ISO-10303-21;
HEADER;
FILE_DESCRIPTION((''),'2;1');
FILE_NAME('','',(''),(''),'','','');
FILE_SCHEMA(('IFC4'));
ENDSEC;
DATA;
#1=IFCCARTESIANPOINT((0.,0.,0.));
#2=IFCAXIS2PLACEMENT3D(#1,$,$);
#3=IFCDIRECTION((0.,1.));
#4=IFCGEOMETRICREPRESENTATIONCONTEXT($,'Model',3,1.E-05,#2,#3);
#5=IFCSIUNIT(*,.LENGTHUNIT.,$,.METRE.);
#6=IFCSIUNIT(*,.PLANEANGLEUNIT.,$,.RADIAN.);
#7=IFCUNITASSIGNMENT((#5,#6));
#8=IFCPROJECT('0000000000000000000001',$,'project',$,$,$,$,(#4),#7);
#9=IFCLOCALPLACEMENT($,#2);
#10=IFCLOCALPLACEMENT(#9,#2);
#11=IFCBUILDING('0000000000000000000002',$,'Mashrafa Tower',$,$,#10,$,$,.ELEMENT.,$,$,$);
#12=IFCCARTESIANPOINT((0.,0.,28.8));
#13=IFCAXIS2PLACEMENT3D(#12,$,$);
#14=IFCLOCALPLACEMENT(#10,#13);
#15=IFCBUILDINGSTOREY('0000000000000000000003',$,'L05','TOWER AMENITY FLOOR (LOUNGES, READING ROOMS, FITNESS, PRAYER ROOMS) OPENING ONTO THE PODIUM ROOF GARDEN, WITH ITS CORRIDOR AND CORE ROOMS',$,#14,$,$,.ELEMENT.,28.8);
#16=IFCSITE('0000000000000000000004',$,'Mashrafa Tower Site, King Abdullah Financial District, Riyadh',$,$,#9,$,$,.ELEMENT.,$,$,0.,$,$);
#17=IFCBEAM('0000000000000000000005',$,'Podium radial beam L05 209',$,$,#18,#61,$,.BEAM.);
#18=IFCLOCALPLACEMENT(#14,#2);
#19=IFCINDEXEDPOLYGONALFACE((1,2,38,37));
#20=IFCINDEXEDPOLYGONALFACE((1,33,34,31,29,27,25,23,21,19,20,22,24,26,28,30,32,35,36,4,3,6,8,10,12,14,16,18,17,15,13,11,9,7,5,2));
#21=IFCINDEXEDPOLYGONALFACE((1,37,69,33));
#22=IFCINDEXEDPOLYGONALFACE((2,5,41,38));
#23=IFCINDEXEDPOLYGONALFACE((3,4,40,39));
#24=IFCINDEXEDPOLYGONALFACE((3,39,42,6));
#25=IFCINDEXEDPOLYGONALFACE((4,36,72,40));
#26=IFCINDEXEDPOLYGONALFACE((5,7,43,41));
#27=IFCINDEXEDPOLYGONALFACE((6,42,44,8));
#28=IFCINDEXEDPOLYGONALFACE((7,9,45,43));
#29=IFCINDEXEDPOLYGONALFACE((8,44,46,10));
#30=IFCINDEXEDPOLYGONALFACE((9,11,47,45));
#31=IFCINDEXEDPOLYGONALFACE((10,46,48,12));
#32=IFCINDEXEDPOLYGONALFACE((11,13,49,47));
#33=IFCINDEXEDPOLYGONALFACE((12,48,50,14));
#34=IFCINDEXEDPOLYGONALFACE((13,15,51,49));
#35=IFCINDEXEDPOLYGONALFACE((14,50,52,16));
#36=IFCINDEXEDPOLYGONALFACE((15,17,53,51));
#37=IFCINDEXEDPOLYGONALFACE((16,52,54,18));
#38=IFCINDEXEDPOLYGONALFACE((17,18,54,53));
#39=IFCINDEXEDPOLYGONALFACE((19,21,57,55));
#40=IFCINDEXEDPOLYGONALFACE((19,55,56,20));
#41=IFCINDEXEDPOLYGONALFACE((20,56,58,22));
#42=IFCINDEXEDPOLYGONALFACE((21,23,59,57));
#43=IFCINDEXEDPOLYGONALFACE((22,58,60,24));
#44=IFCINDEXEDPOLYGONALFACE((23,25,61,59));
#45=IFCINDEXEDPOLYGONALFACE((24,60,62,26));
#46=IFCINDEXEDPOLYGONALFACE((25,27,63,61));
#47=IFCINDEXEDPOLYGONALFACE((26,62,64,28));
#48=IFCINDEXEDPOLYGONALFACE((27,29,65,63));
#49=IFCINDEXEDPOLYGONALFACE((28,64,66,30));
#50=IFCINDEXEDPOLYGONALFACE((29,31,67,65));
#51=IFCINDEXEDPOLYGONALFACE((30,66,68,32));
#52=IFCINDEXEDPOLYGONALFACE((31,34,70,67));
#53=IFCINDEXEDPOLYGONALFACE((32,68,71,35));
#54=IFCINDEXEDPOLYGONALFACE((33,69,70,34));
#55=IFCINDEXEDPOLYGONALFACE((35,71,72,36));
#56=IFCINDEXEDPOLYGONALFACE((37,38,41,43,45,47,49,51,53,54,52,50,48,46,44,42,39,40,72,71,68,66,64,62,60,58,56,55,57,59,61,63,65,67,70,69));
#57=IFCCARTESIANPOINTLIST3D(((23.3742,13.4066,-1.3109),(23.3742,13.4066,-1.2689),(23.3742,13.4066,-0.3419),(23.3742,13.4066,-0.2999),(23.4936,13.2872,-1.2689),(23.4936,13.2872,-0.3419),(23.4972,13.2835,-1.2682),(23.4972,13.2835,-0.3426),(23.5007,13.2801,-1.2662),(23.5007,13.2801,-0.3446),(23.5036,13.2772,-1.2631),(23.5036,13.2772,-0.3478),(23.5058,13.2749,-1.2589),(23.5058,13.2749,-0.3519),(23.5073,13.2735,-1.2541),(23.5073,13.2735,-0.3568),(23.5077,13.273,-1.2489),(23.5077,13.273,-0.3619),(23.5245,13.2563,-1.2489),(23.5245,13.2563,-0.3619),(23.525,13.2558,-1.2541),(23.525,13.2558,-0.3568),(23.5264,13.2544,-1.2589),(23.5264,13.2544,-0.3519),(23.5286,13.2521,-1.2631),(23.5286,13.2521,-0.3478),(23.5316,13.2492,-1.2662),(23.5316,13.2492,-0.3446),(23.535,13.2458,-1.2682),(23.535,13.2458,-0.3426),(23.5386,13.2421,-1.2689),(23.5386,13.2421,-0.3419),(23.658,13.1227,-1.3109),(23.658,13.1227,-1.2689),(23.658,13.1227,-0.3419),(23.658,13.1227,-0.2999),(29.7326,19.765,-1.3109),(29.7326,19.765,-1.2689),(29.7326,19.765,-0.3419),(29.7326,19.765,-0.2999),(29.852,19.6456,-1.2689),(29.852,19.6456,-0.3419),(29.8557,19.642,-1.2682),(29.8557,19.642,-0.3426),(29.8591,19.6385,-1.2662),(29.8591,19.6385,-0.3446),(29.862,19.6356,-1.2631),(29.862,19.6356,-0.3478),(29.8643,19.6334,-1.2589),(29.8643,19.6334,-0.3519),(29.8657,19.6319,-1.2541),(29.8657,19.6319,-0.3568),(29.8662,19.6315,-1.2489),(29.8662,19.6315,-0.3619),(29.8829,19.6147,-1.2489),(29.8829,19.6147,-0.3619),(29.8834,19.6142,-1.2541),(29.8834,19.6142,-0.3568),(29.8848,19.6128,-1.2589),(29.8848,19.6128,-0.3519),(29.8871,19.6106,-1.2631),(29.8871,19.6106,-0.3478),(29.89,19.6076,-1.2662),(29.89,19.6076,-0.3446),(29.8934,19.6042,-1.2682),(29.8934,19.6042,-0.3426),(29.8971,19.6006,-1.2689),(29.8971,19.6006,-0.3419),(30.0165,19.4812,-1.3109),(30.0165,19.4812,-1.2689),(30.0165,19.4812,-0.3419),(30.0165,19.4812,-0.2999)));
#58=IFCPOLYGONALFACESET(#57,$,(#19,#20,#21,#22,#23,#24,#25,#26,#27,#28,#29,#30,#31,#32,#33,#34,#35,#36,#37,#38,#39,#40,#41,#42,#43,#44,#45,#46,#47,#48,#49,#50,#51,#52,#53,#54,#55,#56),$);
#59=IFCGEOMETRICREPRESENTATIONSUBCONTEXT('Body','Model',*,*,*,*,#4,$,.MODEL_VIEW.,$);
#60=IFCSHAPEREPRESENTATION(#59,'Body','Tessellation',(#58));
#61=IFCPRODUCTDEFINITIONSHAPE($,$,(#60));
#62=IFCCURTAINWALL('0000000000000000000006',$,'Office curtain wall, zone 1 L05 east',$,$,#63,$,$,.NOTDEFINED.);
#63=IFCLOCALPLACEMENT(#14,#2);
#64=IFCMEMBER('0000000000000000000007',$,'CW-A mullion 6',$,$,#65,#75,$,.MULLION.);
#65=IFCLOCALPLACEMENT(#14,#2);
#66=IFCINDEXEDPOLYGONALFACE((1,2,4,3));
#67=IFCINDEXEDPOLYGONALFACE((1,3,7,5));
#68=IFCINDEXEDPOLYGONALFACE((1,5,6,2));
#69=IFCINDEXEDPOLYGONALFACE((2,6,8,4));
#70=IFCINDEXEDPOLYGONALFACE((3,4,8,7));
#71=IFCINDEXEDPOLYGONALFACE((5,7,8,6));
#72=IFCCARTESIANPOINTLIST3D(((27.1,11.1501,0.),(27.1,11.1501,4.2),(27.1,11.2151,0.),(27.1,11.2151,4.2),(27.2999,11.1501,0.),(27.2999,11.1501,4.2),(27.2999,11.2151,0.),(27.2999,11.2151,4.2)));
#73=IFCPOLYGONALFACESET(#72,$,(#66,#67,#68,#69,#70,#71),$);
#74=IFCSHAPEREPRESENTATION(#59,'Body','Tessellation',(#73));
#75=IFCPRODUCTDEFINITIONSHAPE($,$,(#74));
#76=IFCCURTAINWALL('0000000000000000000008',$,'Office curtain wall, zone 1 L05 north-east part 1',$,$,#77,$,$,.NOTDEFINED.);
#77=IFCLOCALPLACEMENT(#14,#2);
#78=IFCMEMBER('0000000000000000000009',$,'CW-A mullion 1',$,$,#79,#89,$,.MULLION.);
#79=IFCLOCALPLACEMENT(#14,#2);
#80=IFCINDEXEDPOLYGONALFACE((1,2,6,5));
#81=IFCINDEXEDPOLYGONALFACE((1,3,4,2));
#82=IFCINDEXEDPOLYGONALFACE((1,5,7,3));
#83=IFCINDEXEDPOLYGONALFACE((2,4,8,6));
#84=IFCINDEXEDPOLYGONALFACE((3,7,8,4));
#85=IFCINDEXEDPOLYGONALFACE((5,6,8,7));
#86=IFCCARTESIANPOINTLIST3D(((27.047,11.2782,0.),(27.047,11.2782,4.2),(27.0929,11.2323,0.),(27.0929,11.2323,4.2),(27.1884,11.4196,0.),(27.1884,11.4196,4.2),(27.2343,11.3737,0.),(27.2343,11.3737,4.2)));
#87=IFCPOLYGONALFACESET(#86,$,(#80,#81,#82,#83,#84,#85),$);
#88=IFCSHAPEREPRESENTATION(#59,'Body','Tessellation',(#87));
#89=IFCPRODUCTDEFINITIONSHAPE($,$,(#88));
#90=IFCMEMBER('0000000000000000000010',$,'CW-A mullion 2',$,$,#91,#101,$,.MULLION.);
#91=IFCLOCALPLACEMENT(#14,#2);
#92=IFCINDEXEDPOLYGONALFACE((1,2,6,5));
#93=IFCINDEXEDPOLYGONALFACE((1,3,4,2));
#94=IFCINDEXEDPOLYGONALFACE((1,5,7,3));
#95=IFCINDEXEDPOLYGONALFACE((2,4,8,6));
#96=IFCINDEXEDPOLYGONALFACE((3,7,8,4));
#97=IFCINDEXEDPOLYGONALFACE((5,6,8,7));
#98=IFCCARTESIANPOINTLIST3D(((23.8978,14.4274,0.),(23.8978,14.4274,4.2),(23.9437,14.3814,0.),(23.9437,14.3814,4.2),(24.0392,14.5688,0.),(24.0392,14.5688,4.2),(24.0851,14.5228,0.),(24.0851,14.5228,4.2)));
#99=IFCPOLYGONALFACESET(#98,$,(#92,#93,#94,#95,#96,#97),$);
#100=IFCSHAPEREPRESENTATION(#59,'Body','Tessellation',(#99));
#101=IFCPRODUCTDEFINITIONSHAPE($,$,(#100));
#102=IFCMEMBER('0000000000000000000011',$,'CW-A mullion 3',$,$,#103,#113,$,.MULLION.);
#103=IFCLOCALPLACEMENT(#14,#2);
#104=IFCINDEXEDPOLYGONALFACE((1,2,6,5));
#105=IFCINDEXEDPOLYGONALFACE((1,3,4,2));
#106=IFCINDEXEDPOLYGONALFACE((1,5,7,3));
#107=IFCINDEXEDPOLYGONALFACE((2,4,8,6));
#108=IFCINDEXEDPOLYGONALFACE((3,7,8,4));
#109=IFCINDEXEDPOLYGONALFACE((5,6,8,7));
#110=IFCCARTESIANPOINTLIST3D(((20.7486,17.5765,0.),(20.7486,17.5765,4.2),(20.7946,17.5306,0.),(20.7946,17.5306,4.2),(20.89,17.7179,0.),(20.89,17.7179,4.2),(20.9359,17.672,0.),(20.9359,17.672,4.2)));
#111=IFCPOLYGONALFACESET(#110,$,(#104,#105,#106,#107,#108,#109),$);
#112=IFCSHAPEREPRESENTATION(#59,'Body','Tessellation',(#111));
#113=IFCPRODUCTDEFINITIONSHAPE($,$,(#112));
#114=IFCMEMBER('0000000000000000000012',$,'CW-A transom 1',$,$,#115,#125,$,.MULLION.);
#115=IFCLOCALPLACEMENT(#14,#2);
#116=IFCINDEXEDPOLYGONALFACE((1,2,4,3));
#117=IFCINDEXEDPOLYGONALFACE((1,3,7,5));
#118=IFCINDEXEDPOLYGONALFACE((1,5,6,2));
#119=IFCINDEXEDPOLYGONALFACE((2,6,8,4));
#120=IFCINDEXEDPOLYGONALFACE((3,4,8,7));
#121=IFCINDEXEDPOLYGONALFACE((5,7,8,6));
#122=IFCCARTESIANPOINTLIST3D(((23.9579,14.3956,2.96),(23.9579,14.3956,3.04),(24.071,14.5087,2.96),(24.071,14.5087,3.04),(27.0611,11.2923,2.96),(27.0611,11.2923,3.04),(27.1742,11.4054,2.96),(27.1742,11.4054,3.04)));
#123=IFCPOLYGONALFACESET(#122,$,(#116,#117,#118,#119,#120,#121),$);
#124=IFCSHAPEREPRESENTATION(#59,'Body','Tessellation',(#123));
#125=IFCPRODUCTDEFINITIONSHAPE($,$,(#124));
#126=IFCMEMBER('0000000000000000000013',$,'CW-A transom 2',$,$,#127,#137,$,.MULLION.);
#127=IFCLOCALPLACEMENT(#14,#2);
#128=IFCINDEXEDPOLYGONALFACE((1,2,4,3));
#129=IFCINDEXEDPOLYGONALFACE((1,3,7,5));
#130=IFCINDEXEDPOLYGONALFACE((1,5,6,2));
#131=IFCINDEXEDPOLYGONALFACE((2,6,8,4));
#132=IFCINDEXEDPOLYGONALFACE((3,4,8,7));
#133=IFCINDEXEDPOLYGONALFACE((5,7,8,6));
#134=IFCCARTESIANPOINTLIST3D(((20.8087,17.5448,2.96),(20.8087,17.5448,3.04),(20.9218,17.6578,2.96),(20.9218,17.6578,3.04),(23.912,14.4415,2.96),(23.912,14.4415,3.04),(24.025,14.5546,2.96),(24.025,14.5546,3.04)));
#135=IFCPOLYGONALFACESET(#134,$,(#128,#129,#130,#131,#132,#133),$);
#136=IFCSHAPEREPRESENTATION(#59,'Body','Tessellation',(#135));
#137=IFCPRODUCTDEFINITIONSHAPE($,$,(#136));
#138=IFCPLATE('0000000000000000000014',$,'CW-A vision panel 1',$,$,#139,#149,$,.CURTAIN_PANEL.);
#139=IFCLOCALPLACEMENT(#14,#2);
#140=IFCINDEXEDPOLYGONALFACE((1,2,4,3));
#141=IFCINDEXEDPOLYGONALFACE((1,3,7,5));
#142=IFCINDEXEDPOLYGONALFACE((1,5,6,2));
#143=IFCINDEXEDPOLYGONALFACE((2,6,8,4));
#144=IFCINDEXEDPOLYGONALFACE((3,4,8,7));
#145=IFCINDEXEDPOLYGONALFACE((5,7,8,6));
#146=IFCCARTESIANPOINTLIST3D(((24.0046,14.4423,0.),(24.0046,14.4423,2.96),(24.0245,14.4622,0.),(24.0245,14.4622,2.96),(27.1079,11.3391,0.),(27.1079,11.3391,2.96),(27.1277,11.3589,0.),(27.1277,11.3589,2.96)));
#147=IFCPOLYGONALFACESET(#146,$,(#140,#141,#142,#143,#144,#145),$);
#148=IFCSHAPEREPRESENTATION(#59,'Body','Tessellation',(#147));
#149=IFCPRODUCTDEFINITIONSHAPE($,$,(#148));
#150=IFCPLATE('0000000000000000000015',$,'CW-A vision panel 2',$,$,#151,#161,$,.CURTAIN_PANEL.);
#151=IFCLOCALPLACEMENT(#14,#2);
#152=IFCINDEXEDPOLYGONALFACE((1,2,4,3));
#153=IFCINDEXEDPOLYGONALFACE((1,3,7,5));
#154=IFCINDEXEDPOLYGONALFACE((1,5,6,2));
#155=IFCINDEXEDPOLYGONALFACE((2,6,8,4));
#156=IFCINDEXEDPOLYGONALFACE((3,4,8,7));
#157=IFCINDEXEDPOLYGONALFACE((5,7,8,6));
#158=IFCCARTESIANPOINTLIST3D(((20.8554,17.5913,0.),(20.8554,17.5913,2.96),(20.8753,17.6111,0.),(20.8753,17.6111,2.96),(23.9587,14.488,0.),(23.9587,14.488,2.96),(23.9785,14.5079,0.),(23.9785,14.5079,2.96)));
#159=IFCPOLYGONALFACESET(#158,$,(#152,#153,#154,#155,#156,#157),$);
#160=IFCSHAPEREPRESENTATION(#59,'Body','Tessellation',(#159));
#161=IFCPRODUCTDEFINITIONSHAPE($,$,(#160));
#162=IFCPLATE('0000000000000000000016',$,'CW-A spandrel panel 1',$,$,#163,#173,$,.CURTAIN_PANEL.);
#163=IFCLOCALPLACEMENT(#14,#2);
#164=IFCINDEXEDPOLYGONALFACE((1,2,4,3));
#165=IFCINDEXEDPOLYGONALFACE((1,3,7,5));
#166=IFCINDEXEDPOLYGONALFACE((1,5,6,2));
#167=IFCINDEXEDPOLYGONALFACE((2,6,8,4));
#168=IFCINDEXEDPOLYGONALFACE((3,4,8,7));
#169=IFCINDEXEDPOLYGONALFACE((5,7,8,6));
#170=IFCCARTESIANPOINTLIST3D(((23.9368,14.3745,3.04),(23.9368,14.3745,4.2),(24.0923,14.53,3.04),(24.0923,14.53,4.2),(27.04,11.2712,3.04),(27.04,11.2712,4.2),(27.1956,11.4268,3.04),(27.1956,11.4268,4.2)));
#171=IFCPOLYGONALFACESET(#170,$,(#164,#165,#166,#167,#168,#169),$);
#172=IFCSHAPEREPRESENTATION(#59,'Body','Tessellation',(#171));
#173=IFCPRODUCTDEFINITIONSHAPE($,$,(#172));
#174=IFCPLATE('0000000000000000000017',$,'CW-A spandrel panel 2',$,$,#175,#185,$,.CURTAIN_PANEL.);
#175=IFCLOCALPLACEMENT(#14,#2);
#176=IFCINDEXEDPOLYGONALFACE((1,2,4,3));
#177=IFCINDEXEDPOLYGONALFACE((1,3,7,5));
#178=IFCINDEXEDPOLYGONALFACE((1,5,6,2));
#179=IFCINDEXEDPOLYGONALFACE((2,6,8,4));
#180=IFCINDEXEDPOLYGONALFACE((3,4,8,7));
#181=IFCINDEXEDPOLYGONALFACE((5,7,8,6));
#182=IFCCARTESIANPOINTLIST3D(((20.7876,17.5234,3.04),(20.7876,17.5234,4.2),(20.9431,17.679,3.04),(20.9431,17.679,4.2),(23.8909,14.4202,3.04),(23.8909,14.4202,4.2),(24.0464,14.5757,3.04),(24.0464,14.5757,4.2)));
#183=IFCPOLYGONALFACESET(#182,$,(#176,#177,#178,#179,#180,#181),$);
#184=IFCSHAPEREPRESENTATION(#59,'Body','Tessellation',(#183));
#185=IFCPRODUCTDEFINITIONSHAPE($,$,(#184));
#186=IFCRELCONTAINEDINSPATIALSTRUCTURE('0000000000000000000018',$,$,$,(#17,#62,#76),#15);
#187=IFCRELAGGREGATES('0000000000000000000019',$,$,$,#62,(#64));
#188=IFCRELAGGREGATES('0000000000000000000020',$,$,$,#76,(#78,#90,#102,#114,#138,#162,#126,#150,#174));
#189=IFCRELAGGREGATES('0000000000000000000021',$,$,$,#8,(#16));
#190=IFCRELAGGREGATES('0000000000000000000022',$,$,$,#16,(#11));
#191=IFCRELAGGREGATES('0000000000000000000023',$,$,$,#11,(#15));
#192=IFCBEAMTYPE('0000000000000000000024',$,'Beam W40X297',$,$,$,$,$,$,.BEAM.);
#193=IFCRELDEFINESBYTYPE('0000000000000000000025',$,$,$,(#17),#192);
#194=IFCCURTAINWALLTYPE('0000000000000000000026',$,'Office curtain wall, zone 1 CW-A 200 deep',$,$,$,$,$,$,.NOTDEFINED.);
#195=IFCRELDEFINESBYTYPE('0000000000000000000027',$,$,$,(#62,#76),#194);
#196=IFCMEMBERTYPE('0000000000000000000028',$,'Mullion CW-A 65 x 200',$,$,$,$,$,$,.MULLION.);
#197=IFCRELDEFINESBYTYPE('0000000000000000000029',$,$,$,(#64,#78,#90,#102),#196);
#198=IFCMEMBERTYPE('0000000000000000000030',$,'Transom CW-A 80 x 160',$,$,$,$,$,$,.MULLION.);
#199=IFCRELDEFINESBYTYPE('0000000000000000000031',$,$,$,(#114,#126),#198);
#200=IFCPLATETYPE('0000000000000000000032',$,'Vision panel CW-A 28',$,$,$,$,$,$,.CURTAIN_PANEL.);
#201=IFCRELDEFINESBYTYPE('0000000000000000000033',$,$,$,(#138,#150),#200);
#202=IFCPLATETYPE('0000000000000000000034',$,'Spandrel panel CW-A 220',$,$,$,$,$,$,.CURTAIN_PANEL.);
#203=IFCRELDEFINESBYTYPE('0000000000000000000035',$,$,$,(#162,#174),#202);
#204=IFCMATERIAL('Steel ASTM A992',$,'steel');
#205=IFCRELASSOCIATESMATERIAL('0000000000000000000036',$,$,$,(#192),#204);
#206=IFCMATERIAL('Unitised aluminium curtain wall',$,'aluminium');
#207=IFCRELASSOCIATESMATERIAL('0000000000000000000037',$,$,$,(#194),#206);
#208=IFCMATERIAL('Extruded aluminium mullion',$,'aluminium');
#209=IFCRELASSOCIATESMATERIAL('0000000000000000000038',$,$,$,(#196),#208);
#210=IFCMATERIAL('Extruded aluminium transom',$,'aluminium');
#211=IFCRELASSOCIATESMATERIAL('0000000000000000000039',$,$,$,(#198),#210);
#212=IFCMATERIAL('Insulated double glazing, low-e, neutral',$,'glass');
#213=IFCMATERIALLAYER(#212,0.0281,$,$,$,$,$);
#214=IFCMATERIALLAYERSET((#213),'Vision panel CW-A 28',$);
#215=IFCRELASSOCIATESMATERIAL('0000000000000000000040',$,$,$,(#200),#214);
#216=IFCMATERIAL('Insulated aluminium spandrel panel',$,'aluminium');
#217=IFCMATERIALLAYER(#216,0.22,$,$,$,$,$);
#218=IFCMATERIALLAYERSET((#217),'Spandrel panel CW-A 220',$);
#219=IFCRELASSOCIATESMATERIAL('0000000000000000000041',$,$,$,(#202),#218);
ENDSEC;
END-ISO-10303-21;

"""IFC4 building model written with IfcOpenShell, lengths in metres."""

from ifc_helpers import new_model, si_unit, direction, frame, origin, origin_2d, place, context, subcontext, project, spatial, rectangle, i_section, extrude, source, transform, mapped, material, layer, layer_set, material_profile, profile_set, type_object, type_shapes, element, aggregate, save


model = new_model("IFC4")

# Units and contexts
model_context = context("Model", 3, precision=1e-05, world=origin(), true_north=direction((0.0, 1.0)))
body_context = subcontext(model_context, "Body", "Model", "MODEL_VIEW")
ifc_project = project(units=[si_unit("LENGTHUNIT", "METRE"), si_unit("PLANEANGLEUNIT", "RADIAN")], contexts=[model_context])

# Site, building, storey
site_placement = place(None, origin())
site = spatial("IfcSite", under=ifc_project, at=site_placement, Name="Mashrafa Tower Site, King Abdullah Financial District, Riyadh", CompositionType="ELEMENT", RefElevation=0.0)
building_placement = place(site_placement, origin())
building = spatial("IfcBuilding", under=site, at=building_placement, Name="Mashrafa Tower", CompositionType="ELEMENT")
storey_placement = place(building_placement, frame((0.0, 0.0, 28.8)))
storey = spatial("IfcBuildingStorey", under=building, at=storey_placement, Name="L05", Description="TOWER AMENITY FLOOR (LOUNGES, READING ROOMS, FITNESS, PRAYER ROOMS) OPENING ONTO THE PODIUM ROOF GARDEN, WITH ITS CORRIDOR AND CORE ROOMS", CompositionType="ELEMENT", Elevation=28.8)

# Beam
ifc_material_1 = material(Name="Steel ASTM A992", Category="steel")
ifc_material_profile_1 = material_profile(ifc_material_1, i_section(OverallWidth=0.4014, OverallDepth=1.011, WebThickness=0.0237, FlangeThickness=0.042, FilletRadius=0.02, at=origin_2d()), Name="W40X297")
ifc_profile_set_1 = profile_set([ifc_material_profile_1], Name="Steel ASTM A992")
beam_type_1 = type_object("IfcBeamType", Name="Beam W40X297", PredefinedType="BEAM", material=ifc_profile_set_1)
beam_1_placement = place(storey_placement, frame((23.5161, 13.2646, -0.8054), z_axis=(0.707107, 0.707107, 0.0), x_axis=(-0.707107, 0.707107, 0.0)))
element("IfcBeam", 1, at=beam_1_placement, inside=storey, type_object=beam_type_1, Name="Podium radial beam L05 209", PredefinedType="BEAM", context=body_context, shape_type="SweptSolid", body=[
    extrude(i_section(OverallWidth=0.4014, OverallDepth=1.011, WebThickness=0.0237, FlangeThickness=0.042, FilletRadius=0.02, at=origin_2d()), origin(), (0.0, 0.0, 1.0), 8.9922),
])

# Curtain wall, member
ifc_material_2 = material(Name="Unitised aluminium curtain wall", Category="aluminium")
curtain_wall_type = type_object("IfcCurtainWallType", Name="Office curtain wall, zone 1 CW-A 200 deep", PredefinedType="NOTDEFINED", material=ifc_material_2)
curtain_wall_1_placement = place(storey_placement, origin())
curtain_wall_1 = element("IfcCurtainWall", 2, at=curtain_wall_1_placement, inside=storey, type_object=curtain_wall_type, Name="Office curtain wall, zone 1 L05 east", PredefinedType="NOTDEFINED")
ifc_material_3 = material(Name="Extruded aluminium mullion", Category="aluminium")
ifc_material_profile_2 = material_profile(ifc_material_3, rectangle(XDim=0.2, YDim=0.0649, at=origin_2d()), Name="Mullion 65x200")
ifc_profile_set_2 = profile_set([ifc_material_profile_2], Name="Extruded aluminium mullion")
member_type_1 = type_object("IfcMemberType", Name="Mullion CW-A 65 x 200", PredefinedType="MULLION", material=ifc_profile_set_2)
shared_shape_1 = source(origin(), body_context, "Body", "SweptSolid", [
    extrude(rectangle(XDim=0.2, YDim=0.0649, at=origin_2d()), origin(), (0.0, 0.0, 1.0), 4.2),
])
type_shapes(member_type_1, [shared_shape_1])
member_1_placement = place(storey_placement, frame((27.2, 11.1826, 0.0), z_axis=(0.0, 0.0, 1.0), x_axis=(-1.0, 0.0, 0.0)))
member_1 = element("IfcMember", 3, at=member_1_placement, type_object=member_type_1, Name="CW-A mullion 6", PredefinedType="MULLION", context=body_context, shape_type="MappedRepresentation", body=[
    mapped(shared_shape_1, transform((0.0, 0.0, 0.0))),
])
aggregate(curtain_wall_1, [member_1])

# Curtain wall, members, plates
curtain_wall_2_placement = place(storey_placement, origin())
curtain_wall_2 = element("IfcCurtainWall", 4, at=curtain_wall_2_placement, inside=storey, type_object=curtain_wall_type, Name="Office curtain wall, zone 1 L05 north-east part 1", PredefinedType="NOTDEFINED")
member_2_placement = place(storey_placement, frame((27.1406, 11.3259, 0.0), z_axis=(0.0, 0.0, 1.0), x_axis=(-0.707107, -0.707107, 0.0)))
member_2 = element("IfcMember", 5, at=member_2_placement, type_object=member_type_1, Name="CW-A mullion 1", PredefinedType="MULLION", context=body_context, shape_type="MappedRepresentation", body=[
    mapped(shared_shape_1, transform((0.0, 0.0, 0.0))),
])
member_3_placement = place(storey_placement, frame((23.9915, 14.4751, 0.0), z_axis=(0.0, 0.0, 1.0), x_axis=(-0.707107, -0.707107, 0.0)))
member_3 = element("IfcMember", 6, at=member_3_placement, type_object=member_type_1, Name="CW-A mullion 2", PredefinedType="MULLION", context=body_context, shape_type="MappedRepresentation", body=[
    mapped(shared_shape_1, transform((0.0, 0.0, 0.0))),
])
member_4_placement = place(storey_placement, frame((20.8423, 17.6243, 0.0), z_axis=(0.0, 0.0, 1.0), x_axis=(-0.707107, -0.707107, 0.0)))
member_4 = element("IfcMember", 7, at=member_4_placement, type_object=member_type_1, Name="CW-A mullion 3", PredefinedType="MULLION", context=body_context, shape_type="MappedRepresentation", body=[
    mapped(shared_shape_1, transform((0.0, 0.0, 0.0))),
])
ifc_material_4 = material(Name="Extruded aluminium transom", Category="aluminium")
ifc_material_profile_3 = material_profile(ifc_material_4, rectangle(XDim=0.1599, YDim=0.0801, at=origin_2d()), Name="Transom 80x160")
ifc_profile_set_3 = profile_set([ifc_material_profile_3], Name="Extruded aluminium transom")
member_type_2 = type_object("IfcMemberType", Name="Transom CW-A 80 x 160", PredefinedType="MULLION", material=ifc_profile_set_3)
shared_shape_2 = source(origin(), body_context, "Body", "SweptSolid", [
    extrude(rectangle(XDim=0.1599, YDim=0.0801, at=origin_2d()), origin(), (0.0, 0.0, 1.0), 4.3887),
])
type_shapes(member_type_2, [shared_shape_2])
member_5_placement = place(storey_placement, frame((27.1177, 11.3489, 3.0), z_axis=(-0.707107, 0.707107, 0.0), x_axis=(-0.707107, -0.707107, 0.0)))
member_5 = element("IfcMember", 8, at=member_5_placement, type_object=member_type_2, Name="CW-A transom 1", PredefinedType="MULLION", context=body_context, shape_type="MappedRepresentation", body=[
    mapped(shared_shape_2, transform((0.0, 0.0, 0.0))),
])
member_6_placement = place(storey_placement, frame((23.9685, 14.498, 3.0), z_axis=(-0.707107, 0.707107, 0.0), x_axis=(-0.707107, -0.707107, 0.0)))
member_6 = element("IfcMember", 9, at=member_6_placement, type_object=member_type_2, Name="CW-A transom 2", PredefinedType="MULLION", context=body_context, shape_type="MappedRepresentation", body=[
    mapped(shared_shape_2, transform((0.0, 0.0, 0.0))),
])
ifc_material_5 = material(Name="Insulated double glazing, low-e, neutral", Category="glass")
ifc_layer_1 = layer(ifc_material_5, 0.0281)
ifc_layer_set_1 = layer_set([ifc_layer_1], Name="Vision panel CW-A 28")
plate_type_1 = type_object("IfcPlateType", Name="Vision panel CW-A 28", PredefinedType="CURTAIN_PANEL", material=ifc_layer_set_1)
shared_shape_3 = source(origin(), body_context, "Body", "SweptSolid", [
    extrude(rectangle(XDim=4.3887, YDim=0.0281, at=origin_2d()), origin(), (0.0, 0.0, 1.0), 2.96),
])
type_shapes(plate_type_1, [shared_shape_3])
plate_1_placement = place(storey_placement, frame((25.5662, 12.9006, 0.0), z_axis=(0.0, 0.0, 1.0), x_axis=(-0.707107, 0.707107, 0.0)))
plate_1 = element("IfcPlate", 10, at=plate_1_placement, type_object=plate_type_1, Name="CW-A vision panel 1", PredefinedType="CURTAIN_PANEL", context=body_context, shape_type="MappedRepresentation", body=[
    mapped(shared_shape_3, transform((0.0, 0.0, 0.0))),
])
plate_2_placement = place(storey_placement, frame((22.417, 16.0496, 0.0), z_axis=(0.0, 0.0, 1.0), x_axis=(-0.707107, 0.707107, 0.0)))
plate_2 = element("IfcPlate", 11, at=plate_2_placement, type_object=plate_type_1, Name="CW-A vision panel 2", PredefinedType="CURTAIN_PANEL", context=body_context, shape_type="MappedRepresentation", body=[
    mapped(shared_shape_3, transform((0.0, 0.0, 0.0))),
])
ifc_material_6 = material(Name="Insulated aluminium spandrel panel", Category="aluminium")
ifc_layer_2 = layer(ifc_material_6, 0.22)
ifc_layer_set_2 = layer_set([ifc_layer_2], Name="Spandrel panel CW-A 220")
plate_type_2 = type_object("IfcPlateType", Name="Spandrel panel CW-A 220", PredefinedType="CURTAIN_PANEL", material=ifc_layer_set_2)
shared_shape_4 = source(origin(), body_context, "Body", "SweptSolid", [
    extrude(rectangle(XDim=4.3887, YDim=0.22, at=origin_2d()), origin(), (0.0, 0.0, 1.0), 1.1599),
])
type_shapes(plate_type_2, [shared_shape_4])
plate_3_placement = place(storey_placement, frame((25.5662, 12.9006, 3.04), z_axis=(0.0, 0.0, 1.0), x_axis=(-0.707107, 0.707107, 0.0)))
plate_3 = element("IfcPlate", 12, at=plate_3_placement, type_object=plate_type_2, Name="CW-A spandrel panel 1", PredefinedType="CURTAIN_PANEL", context=body_context, shape_type="MappedRepresentation", body=[
    mapped(shared_shape_4, transform((0.0, 0.0, 0.0))),
])
plate_4_placement = place(storey_placement, frame((22.417, 16.0496, 3.04), z_axis=(0.0, 0.0, 1.0), x_axis=(-0.707107, 0.707107, 0.0)))
plate_4 = element("IfcPlate", 13, at=plate_4_placement, type_object=plate_type_2, Name="CW-A spandrel panel 2", PredefinedType="CURTAIN_PANEL", context=body_context, shape_type="MappedRepresentation", body=[
    mapped(shared_shape_4, transform((0.0, 0.0, 0.0))),
])
aggregate(curtain_wall_2, [member_2, member_3, member_4, member_5, plate_1, plate_3, member_6, plate_2, plate_4])

save(model, "model.ifc")
